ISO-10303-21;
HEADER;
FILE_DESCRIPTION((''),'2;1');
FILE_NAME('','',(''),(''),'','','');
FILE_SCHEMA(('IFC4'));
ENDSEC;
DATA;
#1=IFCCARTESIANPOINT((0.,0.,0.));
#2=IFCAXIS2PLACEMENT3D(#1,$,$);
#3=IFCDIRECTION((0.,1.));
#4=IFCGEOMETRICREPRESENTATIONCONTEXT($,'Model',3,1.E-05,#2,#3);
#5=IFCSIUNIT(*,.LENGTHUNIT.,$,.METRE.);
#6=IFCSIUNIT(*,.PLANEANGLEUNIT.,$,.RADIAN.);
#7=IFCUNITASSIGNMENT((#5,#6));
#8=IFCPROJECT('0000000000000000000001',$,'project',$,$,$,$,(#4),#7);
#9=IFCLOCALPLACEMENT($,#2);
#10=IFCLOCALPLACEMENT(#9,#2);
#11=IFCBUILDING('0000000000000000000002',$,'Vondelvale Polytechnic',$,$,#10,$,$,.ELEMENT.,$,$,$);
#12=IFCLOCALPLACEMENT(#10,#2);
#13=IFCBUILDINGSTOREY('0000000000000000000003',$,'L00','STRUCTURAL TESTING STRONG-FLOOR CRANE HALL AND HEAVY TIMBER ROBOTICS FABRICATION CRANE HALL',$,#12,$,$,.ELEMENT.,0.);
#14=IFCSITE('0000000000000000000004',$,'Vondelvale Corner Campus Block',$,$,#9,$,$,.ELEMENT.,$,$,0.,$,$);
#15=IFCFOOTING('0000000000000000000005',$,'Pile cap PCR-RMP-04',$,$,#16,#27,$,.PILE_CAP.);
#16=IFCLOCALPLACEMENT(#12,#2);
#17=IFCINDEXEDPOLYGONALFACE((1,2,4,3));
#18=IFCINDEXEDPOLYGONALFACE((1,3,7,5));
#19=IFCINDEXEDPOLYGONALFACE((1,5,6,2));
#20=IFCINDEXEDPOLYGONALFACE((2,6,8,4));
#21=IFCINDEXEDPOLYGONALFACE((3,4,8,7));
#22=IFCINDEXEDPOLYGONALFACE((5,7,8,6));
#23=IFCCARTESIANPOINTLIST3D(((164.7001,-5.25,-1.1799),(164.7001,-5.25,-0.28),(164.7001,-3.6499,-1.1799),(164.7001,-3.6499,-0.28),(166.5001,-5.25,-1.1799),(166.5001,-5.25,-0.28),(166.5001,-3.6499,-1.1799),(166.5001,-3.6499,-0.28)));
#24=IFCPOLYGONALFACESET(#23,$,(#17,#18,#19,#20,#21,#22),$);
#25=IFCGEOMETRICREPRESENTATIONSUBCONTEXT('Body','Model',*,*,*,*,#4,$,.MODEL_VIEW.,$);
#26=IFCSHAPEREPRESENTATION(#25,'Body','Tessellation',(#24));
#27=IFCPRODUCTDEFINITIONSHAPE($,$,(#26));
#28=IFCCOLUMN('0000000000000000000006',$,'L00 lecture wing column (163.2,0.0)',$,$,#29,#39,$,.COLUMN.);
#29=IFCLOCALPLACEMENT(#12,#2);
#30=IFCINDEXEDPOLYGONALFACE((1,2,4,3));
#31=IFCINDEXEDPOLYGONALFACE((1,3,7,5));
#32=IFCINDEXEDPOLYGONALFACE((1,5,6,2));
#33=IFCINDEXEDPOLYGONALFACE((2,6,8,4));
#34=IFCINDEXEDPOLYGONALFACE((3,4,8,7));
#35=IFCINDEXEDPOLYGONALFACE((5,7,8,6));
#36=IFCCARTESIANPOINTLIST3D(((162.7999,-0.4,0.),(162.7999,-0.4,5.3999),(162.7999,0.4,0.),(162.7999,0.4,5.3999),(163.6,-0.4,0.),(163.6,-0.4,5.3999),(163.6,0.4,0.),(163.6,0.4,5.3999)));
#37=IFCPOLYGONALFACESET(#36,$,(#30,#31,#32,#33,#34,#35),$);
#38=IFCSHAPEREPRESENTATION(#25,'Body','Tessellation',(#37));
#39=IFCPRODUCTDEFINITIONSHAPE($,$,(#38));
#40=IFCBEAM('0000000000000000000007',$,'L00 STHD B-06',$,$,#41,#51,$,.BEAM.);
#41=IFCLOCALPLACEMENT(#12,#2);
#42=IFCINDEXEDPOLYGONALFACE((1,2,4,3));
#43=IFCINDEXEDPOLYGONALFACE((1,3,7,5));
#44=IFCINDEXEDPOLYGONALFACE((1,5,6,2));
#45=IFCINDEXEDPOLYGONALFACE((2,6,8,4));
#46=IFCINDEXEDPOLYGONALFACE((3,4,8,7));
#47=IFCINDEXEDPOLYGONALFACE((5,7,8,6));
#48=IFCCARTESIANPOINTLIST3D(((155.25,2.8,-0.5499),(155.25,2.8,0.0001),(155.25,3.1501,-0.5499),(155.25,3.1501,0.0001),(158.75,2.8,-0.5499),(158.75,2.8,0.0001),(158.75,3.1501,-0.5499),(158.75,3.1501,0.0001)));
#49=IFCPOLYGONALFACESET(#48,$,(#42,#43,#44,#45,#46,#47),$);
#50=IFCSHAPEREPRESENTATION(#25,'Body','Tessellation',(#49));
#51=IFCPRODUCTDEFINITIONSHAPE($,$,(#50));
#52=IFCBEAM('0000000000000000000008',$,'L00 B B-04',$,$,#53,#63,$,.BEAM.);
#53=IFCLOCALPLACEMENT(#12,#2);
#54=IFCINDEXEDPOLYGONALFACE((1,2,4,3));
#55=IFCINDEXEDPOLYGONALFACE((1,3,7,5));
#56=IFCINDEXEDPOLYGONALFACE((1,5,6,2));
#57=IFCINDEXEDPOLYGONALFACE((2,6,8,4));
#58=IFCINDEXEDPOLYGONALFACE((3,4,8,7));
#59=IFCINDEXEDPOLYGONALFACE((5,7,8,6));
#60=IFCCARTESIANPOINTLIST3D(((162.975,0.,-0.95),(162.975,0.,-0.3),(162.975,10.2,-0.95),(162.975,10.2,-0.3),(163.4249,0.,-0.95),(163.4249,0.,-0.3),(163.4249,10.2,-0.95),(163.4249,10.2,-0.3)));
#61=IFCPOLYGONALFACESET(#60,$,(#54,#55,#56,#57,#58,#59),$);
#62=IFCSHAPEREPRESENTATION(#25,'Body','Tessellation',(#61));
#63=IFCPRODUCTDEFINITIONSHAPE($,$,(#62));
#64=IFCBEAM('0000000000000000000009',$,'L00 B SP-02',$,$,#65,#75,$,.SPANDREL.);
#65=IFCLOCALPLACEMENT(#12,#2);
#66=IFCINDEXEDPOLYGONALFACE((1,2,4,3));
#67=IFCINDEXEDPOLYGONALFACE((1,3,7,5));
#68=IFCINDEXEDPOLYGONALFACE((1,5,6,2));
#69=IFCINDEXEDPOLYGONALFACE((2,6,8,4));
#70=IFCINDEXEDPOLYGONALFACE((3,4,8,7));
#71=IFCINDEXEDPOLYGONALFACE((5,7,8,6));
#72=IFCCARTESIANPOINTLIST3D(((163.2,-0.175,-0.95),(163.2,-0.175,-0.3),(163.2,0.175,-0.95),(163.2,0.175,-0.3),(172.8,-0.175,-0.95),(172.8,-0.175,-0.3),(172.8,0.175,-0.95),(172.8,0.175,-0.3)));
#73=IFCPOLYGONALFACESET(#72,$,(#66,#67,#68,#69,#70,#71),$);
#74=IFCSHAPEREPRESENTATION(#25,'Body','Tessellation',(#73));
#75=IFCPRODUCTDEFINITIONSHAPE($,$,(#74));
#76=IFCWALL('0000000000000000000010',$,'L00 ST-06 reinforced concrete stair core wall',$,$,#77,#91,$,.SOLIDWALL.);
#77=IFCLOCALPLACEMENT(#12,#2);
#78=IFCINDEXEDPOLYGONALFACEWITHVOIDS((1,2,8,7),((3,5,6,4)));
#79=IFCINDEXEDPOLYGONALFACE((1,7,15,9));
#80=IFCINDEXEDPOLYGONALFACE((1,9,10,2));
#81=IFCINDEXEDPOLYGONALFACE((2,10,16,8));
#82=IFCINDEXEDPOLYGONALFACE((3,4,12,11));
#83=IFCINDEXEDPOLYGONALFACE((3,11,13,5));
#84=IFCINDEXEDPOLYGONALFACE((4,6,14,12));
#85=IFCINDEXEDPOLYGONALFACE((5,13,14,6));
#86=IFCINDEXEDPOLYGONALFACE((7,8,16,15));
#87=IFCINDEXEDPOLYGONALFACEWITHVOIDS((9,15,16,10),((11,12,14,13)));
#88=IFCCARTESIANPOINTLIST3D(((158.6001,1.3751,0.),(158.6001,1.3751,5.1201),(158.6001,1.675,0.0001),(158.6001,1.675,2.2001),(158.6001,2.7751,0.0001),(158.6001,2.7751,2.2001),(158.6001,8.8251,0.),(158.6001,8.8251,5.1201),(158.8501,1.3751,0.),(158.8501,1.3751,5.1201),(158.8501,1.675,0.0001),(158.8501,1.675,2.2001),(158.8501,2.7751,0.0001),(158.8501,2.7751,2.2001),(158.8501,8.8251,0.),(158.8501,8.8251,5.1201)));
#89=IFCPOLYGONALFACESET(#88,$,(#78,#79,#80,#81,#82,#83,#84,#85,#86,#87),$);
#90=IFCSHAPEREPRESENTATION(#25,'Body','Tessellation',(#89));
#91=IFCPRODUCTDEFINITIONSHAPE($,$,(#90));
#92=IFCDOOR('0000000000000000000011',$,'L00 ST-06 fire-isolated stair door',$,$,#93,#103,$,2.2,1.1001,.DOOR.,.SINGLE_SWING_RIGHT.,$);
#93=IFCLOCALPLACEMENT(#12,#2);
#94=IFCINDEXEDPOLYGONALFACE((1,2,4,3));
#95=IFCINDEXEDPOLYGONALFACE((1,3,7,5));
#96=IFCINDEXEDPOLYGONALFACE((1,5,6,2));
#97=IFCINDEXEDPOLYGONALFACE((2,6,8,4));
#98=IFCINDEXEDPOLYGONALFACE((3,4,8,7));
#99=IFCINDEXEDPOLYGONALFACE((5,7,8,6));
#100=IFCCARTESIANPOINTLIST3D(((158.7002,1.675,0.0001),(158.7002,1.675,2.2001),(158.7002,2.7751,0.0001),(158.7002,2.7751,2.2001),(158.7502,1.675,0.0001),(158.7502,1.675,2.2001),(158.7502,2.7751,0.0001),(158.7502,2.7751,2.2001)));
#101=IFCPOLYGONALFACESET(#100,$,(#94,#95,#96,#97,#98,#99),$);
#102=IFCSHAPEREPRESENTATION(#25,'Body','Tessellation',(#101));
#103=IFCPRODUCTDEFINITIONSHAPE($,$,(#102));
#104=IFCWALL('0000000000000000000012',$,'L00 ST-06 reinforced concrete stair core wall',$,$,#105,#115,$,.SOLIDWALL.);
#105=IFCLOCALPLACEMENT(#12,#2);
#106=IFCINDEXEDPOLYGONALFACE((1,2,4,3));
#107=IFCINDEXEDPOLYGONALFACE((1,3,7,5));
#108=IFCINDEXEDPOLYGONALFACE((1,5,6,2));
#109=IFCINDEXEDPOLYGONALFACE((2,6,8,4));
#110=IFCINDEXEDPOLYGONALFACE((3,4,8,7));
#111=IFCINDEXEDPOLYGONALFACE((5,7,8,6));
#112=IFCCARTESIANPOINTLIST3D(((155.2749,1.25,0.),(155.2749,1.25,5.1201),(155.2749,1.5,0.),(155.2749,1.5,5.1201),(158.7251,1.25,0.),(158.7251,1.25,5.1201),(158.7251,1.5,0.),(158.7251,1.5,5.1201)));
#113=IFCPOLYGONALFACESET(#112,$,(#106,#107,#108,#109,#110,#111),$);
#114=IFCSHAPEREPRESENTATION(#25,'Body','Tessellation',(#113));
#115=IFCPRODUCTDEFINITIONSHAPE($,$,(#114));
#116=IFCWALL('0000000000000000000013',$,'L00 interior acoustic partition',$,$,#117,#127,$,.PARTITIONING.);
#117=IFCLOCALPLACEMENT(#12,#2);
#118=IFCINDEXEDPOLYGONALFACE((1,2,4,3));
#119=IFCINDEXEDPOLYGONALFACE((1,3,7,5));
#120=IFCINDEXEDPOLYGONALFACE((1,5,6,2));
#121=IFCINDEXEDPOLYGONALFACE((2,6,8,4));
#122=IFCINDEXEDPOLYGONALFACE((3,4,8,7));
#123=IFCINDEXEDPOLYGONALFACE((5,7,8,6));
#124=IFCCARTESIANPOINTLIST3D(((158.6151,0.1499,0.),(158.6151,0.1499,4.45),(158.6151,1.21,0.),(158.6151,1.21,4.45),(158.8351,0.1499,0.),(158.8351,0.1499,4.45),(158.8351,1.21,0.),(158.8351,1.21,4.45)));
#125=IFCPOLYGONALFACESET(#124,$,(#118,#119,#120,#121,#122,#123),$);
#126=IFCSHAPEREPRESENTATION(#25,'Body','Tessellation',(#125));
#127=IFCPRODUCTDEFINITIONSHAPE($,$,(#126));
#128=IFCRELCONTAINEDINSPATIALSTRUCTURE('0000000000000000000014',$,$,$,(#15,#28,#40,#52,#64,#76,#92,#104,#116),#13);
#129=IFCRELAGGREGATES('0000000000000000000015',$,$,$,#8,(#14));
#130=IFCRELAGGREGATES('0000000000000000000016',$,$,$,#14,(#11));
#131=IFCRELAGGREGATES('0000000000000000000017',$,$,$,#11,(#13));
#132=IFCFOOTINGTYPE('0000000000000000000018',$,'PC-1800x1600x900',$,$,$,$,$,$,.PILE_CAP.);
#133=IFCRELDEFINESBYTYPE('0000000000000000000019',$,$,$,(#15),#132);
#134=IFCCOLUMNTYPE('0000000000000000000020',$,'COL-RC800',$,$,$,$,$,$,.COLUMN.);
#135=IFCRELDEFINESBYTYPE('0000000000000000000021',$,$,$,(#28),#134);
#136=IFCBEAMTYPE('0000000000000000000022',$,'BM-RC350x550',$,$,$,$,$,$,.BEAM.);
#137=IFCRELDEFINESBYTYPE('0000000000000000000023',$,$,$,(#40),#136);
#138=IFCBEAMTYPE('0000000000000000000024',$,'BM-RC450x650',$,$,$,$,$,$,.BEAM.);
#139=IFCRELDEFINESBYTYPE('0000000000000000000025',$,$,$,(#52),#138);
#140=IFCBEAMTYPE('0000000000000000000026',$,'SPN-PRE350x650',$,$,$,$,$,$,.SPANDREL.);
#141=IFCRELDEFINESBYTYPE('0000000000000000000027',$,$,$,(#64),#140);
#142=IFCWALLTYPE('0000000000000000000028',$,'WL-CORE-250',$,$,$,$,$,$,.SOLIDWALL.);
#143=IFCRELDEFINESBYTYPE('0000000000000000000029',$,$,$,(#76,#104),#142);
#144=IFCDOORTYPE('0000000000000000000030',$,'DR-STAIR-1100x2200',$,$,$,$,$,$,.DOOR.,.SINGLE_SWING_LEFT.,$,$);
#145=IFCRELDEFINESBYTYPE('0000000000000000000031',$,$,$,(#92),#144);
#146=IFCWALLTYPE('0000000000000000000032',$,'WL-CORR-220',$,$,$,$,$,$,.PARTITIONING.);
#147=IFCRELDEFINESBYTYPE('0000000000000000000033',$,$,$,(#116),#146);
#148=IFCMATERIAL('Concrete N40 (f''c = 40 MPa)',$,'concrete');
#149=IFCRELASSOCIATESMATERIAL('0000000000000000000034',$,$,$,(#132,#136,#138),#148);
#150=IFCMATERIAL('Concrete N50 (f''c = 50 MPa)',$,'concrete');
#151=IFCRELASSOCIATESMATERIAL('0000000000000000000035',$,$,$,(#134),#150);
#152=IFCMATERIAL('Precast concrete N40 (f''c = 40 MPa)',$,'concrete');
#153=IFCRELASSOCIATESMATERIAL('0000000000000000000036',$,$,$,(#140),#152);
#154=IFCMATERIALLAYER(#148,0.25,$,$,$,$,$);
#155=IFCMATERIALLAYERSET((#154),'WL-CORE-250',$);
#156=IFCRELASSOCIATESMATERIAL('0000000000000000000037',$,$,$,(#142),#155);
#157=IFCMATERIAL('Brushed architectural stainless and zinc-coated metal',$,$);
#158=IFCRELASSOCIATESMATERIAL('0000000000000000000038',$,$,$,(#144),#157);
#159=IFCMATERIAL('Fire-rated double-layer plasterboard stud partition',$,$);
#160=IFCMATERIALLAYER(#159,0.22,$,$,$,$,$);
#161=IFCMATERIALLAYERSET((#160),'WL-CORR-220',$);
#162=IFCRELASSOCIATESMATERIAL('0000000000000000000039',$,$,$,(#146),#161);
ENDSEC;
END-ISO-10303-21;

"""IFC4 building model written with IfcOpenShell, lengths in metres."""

from ifc_helpers import new_model, si_unit, direction, frame, frame_2d, origin, origin_2d, place, context, subcontext, project, spatial, rectangle, extrude, material, layer, layer_set, material_profile, profile_set, type_object, element, fill, save


model = new_model("IFC4")

# Units and contexts
model_context = context("Model", 3, precision=1e-05, world=origin(), true_north=direction((0.0, 1.0)))
body_context = subcontext(model_context, "Body", "Model", "MODEL_VIEW")
ifc_project = project(units=[si_unit("LENGTHUNIT", "METRE"), si_unit("PLANEANGLEUNIT", "RADIAN")], contexts=[model_context])

# Site, building, storey
site_placement = place(None, origin())
site = spatial("IfcSite", under=ifc_project, at=site_placement, Name="Vondelvale Corner Campus Block", CompositionType="ELEMENT", RefElevation=0.0)
building_placement = place(site_placement, origin())
building = spatial("IfcBuilding", under=site, at=building_placement, Name="Vondelvale Polytechnic", CompositionType="ELEMENT")
storey_placement = place(building_placement, origin())
storey = spatial("IfcBuildingStorey", under=building, at=storey_placement, Name="L00", Description="STRUCTURAL TESTING STRONG-FLOOR CRANE HALL AND HEAVY TIMBER ROBOTICS FABRICATION CRANE HALL", CompositionType="ELEMENT", Elevation=0.0)

# Footing
ifc_material_1 = material(Name="Concrete N40 (f'c = 40 MPa)", Category="concrete")
footing_type = type_object("IfcFootingType", Name="PC-1800x1600x900", PredefinedType="PILE_CAP", material=ifc_material_1)
footing_placement = place(storey_placement, frame((165.6001, -4.45, -1.1799), z_axis=(0.0, 0.0, 1.0), x_axis=(1.0, 0.0, 0.0)))
element("IfcFooting", 1, at=footing_placement, inside=storey, type_object=footing_type, Name="Pile cap PCR-RMP-04", PredefinedType="PILE_CAP", context=body_context, shape_type="SweptSolid", body=[
    extrude(rectangle(XDim=1.8, YDim=1.6001, at=origin_2d()), origin(), (0.0, 0.0, 1.0), 0.8999),
])

# Column
ifc_material_2 = material(Name="Concrete N50 (f'c = 50 MPa)", Category="concrete")
ifc_material_profile_1 = material_profile(ifc_material_2, rectangle(XDim=0.8, YDim=0.8, at=origin_2d()), Name="RC-COL-800x800")
ifc_profile_set_1 = profile_set([ifc_material_profile_1], Name="Concrete N50 (f'c = 50 MPa)")
column_type = type_object("IfcColumnType", Name="COL-RC800", PredefinedType="COLUMN", material=ifc_profile_set_1)
column_placement = place(storey_placement, frame((163.2, 0.0, 0.0), z_axis=(0.0, 0.0, 1.0), x_axis=(1.0, 0.0, 0.0)))
element("IfcColumn", 2, at=column_placement, inside=storey, type_object=column_type, Name="L00 lecture wing column (163.2,0.0)", PredefinedType="COLUMN", context=body_context, shape_type="SweptSolid", body=[
    extrude(rectangle(XDim=0.8, YDim=0.8, at=origin_2d()), origin(), (0.0, 0.0, 1.0), 5.3999),
])

# Beams
ifc_material_profile_2 = material_profile(ifc_material_1, rectangle(XDim=0.3501, YDim=0.55, at=origin_2d()), Name="RC-BM-350x550")
ifc_profile_set_2 = profile_set([ifc_material_profile_2], Name="Concrete N40 (f'c = 40 MPa)")
beam_type_1 = type_object("IfcBeamType", Name="BM-RC350x550", PredefinedType="BEAM", material=ifc_profile_set_2)
beam_1_placement = place(storey_placement, frame((158.75, 2.9751, -0.2749), z_axis=(-1.0, 0.0, 0.0), x_axis=(0.0, -1.0, 0.0)))
element("IfcBeam", 3, at=beam_1_placement, inside=storey, type_object=beam_type_1, Name="L00 STHD B-06", PredefinedType="BEAM", context=body_context, shape_type="SweptSolid", body=[
    extrude(rectangle(XDim=0.3501, YDim=0.55, at=origin_2d()), origin(), (0.0, 0.0, 1.0), 3.5),
])
ifc_material_profile_3 = material_profile(ifc_material_1, rectangle(XDim=0.45, YDim=0.6499, at=origin_2d()), Name="RC-BM-450x650")
ifc_profile_set_3 = profile_set([ifc_material_profile_3], Name="Concrete N40 (f'c = 40 MPa)")
beam_type_2 = type_object("IfcBeamType", Name="BM-RC450x650", PredefinedType="BEAM", material=ifc_profile_set_3)
beam_2_placement = place(storey_placement, frame((163.2, 0.0, -0.625), z_axis=(0.0, 1.0, 0.0), x_axis=(-1.0, 0.0, 0.0)))
element("IfcBeam", 4, at=beam_2_placement, inside=storey, type_object=beam_type_2, Name="L00 B B-04", PredefinedType="BEAM", context=body_context, shape_type="SweptSolid", body=[
    extrude(rectangle(XDim=0.45, YDim=0.6499, at=origin_2d()), origin(), (0.0, 0.0, 1.0), 10.2),
])
ifc_material_3 = material(Name="Precast concrete N40 (f'c = 40 MPa)", Category="concrete")
ifc_material_profile_4 = material_profile(ifc_material_3, rectangle(XDim=0.3501, YDim=0.6499, at=origin_2d()), Name="RC-SPN-350x650")
ifc_profile_set_4 = profile_set([ifc_material_profile_4], Name="Precast concrete N40 (f'c = 40 MPa)")
beam_type_3 = type_object("IfcBeamType", Name="SPN-PRE350x650", PredefinedType="SPANDREL", material=ifc_profile_set_4)
beam_3_placement = place(storey_placement, frame((163.2, 0.0, -0.625), z_axis=(1.0, 0.0, 0.0), x_axis=(0.0, 1.0, 0.0)))
element("IfcBeam", 5, at=beam_3_placement, inside=storey, type_object=beam_type_3, Name="L00 B SP-02", PredefinedType="SPANDREL", context=body_context, shape_type="SweptSolid", body=[
    extrude(rectangle(XDim=0.3501, YDim=0.6499, at=origin_2d()), origin(), (0.0, 0.0, 1.0), 9.6001),
])

# Wall, opening, door
ifc_layer_1 = layer(ifc_material_1, 0.25)
ifc_layer_set_1 = layer_set([ifc_layer_1], Name="WL-CORE-250")
wall_type_1 = type_object("IfcWallType", Name="WL-CORE-250", PredefinedType="SOLIDWALL", material=ifc_layer_set_1)
wall_1_placement = place(storey_placement, frame((158.7251, 1.375, 0.0), z_axis=(0.0, 0.0, 1.0), x_axis=(0.0, 1.0, 0.0)))
wall_1 = element("IfcWall", 6, at=wall_1_placement, inside=storey, type_object=wall_type_1, Name="L00 ST-06 reinforced concrete stair core wall", PredefinedType="SOLIDWALL", context=body_context, shape_type="SweptSolid", body=[
    extrude(rectangle(XDim=7.45, YDim=0.25, at=frame_2d((3.7251, 0.0))), origin(), (0.0, 0.0, 1.0), 5.1201),
])
opening_1_placement = place(wall_1_placement, frame((0.3, 0.0, 0.0)))
opening_1 = element("IfcOpeningElement", 7, at=opening_1_placement, cuts=wall_1, PredefinedType="OPENING", context=body_context, shape_type="SweptSolid", body=[
    extrude(rectangle(XDim=1.1001, YDim=2.2, at=frame_2d((0.55, 1.1001))), frame((0.0, 0.135, 0.0), z_axis=(0.0, -1.0, 0.0), x_axis=(1.0, 0.0, 0.0)), (0.0, 0.0, 1.0), 0.27),
])
ifc_material_4 = material(Name="Brushed architectural stainless and zinc-coated metal")
door_type_1 = type_object("IfcDoorType", Name="DR-STAIR-1100x2200", OperationType="SINGLE_SWING_LEFT", PredefinedType="DOOR", material=ifc_material_4)
door_1_placement = place(opening_1_placement, origin())
door_1 = element("IfcDoor", 8, at=door_1_placement, inside=storey, type_object=door_type_1, Name="L00 ST-06 fire-isolated stair door", OperationType="SINGLE_SWING_RIGHT", OverallHeight=2.2, OverallWidth=1.1001, PredefinedType="DOOR", context=body_context, shape_type="SweptSolid", body=[
    extrude(rectangle(XDim=1.1001, YDim=2.2, at=frame_2d((0.55, 1.1001))), frame((0.0, 0.0249, 0.0), z_axis=(0.0, -1.0, 0.0), x_axis=(1.0, 0.0, 0.0)), (0.0, 0.0, 1.0), 0.05),
])
fill(opening_1, door_1)

# Walls
wall_2_placement = place(storey_placement, frame((158.7251, 1.375, 0.0), z_axis=(0.0, 0.0, 1.0), x_axis=(-1.0, 0.0, 0.0)))
element("IfcWall", 9, at=wall_2_placement, inside=storey, type_object=wall_type_1, Name="L00 ST-06 reinforced concrete stair core wall", PredefinedType="SOLIDWALL", context=body_context, shape_type="SweptSolid", body=[
    extrude(rectangle(XDim=3.4502, YDim=0.25, at=frame_2d((1.7251, 0.0))), origin(), (0.0, 0.0, 1.0), 5.1201),
])
ifc_material_5 = material(Name="Fire-rated double-layer plasterboard stud partition")
ifc_layer_2 = layer(ifc_material_5, 0.22)
ifc_layer_set_2 = layer_set([ifc_layer_2], Name="WL-CORR-220")
wall_type_2 = type_object("IfcWallType", Name="WL-CORR-220", PredefinedType="PARTITIONING", material=ifc_layer_set_2)
wall_3_placement = place(storey_placement, frame((158.7251, 0.1499, 0.0), z_axis=(0.0, 0.0, 1.0), x_axis=(0.0, 1.0, 0.0)))
element("IfcWall", 10, at=wall_3_placement, inside=storey, type_object=wall_type_2, Name="L00 interior acoustic partition", PredefinedType="PARTITIONING", context=body_context, shape_type="SweptSolid", body=[
    extrude(rectangle(XDim=1.0601, YDim=0.22, at=frame_2d((0.53, 0.0))), origin(), (0.0, 0.0, 1.0), 4.45),
])

save(model, "model.ifc")
